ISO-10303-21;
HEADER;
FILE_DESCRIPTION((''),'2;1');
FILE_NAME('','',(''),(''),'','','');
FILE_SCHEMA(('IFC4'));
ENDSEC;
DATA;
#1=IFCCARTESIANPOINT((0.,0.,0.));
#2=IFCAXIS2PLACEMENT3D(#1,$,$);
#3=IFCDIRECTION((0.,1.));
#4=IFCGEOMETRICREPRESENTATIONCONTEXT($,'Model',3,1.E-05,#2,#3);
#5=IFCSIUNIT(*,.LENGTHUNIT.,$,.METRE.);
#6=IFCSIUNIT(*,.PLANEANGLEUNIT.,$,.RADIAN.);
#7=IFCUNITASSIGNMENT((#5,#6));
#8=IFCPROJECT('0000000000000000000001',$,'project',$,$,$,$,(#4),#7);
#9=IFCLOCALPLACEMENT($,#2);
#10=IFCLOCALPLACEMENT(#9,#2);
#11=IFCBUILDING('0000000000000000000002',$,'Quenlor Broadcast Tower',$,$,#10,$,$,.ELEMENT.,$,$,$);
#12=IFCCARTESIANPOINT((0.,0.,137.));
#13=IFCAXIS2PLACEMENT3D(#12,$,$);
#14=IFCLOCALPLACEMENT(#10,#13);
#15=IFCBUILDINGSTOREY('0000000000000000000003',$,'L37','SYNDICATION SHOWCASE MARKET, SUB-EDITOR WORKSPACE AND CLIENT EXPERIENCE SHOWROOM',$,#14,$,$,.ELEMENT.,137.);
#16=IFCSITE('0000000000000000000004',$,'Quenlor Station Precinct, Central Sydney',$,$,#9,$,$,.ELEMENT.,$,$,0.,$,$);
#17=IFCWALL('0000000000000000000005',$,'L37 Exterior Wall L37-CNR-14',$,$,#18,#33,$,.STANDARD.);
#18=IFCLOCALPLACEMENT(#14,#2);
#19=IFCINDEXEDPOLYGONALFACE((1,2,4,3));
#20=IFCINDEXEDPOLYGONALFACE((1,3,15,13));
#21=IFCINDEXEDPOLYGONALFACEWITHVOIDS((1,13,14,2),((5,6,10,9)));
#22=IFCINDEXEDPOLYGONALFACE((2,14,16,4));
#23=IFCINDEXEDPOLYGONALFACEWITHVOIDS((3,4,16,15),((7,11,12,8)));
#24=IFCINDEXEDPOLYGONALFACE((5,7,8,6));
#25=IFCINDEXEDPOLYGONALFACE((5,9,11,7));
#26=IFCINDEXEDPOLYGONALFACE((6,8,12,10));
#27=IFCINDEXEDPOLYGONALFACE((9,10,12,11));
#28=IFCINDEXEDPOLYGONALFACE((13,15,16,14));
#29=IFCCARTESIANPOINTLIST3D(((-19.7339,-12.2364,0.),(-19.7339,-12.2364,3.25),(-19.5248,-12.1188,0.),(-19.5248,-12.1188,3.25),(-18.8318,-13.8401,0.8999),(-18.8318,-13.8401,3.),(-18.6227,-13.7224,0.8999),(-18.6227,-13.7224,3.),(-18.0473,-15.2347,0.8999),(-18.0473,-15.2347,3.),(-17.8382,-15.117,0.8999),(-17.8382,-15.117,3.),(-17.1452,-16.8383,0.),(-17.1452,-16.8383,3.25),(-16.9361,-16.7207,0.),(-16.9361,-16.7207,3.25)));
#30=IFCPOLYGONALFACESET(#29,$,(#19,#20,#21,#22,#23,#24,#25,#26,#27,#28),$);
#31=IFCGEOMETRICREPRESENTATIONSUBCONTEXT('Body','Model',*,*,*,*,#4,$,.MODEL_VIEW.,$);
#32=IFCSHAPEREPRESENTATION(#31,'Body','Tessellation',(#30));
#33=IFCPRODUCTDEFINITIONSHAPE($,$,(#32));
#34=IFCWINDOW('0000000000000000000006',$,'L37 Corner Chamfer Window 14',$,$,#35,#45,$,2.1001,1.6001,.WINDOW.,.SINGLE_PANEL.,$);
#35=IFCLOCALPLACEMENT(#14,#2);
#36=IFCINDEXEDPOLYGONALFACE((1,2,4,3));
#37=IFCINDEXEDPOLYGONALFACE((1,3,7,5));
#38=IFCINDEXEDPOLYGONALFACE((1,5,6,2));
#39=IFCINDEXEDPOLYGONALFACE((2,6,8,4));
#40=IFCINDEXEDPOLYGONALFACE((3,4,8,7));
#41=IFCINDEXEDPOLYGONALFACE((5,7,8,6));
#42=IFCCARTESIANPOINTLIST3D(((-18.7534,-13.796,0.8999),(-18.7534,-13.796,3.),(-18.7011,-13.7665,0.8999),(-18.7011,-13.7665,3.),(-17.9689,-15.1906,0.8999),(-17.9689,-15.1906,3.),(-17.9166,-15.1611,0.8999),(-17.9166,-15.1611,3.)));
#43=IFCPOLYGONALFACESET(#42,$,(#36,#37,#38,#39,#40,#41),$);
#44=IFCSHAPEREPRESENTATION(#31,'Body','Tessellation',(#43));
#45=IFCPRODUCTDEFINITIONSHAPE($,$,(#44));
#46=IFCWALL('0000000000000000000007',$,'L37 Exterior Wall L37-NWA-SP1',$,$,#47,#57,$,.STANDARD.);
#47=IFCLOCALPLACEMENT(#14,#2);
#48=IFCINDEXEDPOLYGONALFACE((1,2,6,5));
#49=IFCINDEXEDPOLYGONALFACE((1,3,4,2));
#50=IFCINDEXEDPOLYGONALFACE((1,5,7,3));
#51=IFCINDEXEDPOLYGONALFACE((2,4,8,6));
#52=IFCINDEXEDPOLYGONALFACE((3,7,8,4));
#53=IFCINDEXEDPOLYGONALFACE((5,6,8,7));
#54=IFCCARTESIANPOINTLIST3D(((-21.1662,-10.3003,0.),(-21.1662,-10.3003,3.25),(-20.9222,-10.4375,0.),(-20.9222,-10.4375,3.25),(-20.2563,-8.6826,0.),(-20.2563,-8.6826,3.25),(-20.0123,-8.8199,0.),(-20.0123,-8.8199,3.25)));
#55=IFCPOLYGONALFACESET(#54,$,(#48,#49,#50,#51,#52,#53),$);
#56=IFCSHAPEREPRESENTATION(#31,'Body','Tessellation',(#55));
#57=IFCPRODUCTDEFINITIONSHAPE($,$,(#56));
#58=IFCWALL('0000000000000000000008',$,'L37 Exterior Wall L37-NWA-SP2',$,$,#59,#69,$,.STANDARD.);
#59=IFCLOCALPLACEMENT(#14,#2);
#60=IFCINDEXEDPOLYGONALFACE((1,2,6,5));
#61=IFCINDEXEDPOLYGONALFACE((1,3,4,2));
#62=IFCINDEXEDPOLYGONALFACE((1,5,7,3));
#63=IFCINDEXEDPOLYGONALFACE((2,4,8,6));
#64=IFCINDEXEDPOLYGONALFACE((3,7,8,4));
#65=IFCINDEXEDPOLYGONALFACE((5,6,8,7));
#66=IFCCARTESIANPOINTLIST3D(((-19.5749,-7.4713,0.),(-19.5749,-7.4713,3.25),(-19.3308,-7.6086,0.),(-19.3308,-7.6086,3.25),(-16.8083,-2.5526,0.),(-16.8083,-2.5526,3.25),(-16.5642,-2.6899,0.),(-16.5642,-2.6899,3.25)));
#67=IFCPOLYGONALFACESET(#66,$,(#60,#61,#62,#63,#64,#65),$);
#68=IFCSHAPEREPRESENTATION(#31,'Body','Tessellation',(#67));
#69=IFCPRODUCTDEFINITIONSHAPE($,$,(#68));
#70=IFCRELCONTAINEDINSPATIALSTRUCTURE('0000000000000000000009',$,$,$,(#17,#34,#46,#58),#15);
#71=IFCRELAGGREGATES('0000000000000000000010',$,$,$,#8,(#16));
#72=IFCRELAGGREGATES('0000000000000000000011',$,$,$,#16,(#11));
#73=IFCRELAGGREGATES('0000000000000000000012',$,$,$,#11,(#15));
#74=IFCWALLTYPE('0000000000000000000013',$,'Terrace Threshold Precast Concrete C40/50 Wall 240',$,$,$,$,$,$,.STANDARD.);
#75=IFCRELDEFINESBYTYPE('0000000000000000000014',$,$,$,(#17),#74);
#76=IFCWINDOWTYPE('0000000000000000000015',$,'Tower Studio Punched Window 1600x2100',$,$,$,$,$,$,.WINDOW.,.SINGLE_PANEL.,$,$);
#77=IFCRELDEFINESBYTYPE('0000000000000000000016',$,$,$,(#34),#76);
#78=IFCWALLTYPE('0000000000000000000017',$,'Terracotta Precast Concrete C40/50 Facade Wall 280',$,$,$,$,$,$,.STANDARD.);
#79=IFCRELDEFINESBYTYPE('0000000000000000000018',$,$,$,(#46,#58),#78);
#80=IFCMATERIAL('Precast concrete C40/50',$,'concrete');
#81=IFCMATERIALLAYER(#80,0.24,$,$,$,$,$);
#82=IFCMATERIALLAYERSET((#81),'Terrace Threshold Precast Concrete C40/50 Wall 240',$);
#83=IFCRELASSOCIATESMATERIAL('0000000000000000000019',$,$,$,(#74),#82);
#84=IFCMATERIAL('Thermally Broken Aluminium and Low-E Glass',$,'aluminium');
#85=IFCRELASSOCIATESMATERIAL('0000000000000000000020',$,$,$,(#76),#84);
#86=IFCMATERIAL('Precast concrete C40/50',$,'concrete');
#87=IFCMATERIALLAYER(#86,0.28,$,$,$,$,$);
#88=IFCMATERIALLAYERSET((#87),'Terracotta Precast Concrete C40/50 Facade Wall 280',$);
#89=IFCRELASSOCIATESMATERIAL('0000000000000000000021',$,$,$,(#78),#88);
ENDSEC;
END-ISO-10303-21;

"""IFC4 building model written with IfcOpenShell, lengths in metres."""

from ifc_helpers import new_model, si_unit, direction, frame, frame_2d, origin, place, context, subcontext, project, spatial, rectangle, extrude, material, layer, layer_set, type_object, element, fill, save


model = new_model("IFC4")

# Units and contexts
model_context = context("Model", 3, precision=1e-05, world=origin(), true_north=direction((0.0, 1.0)))
body_context = subcontext(model_context, "Body", "Model", "MODEL_VIEW")
ifc_project = project(units=[si_unit("LENGTHUNIT", "METRE"), si_unit("PLANEANGLEUNIT", "RADIAN")], contexts=[model_context])

# Site, building, storey
site_placement = place(None, origin())
site = spatial("IfcSite", under=ifc_project, at=site_placement, Name="Quenlor Station Precinct, Central Sydney", CompositionType="ELEMENT", RefElevation=0.0)
building_placement = place(site_placement, origin())
building = spatial("IfcBuilding", under=site, at=building_placement, Name="Quenlor Broadcast Tower", CompositionType="ELEMENT")
storey_placement = place(building_placement, frame((0.0, 0.0, 137.0)))
storey = spatial("IfcBuildingStorey", under=building, at=storey_placement, Name="L37", Description="SYNDICATION SHOWCASE MARKET, SUB-EDITOR WORKSPACE AND CLIENT EXPERIENCE SHOWROOM", CompositionType="ELEMENT", Elevation=137.0)

# Shared definitions
ifc_material_1 = material(Name="Precast concrete C40/50", Category="concrete")
ifc_layer_1 = layer(ifc_material_1, 0.24)
ifc_layer_set_1 = layer_set([ifc_layer_1], Name="Terrace Threshold Precast Concrete C40/50 Wall 240")
wall_type_1 = type_object("IfcWallType", Name="Terrace Threshold Precast Concrete C40/50 Wall 240", PredefinedType="STANDARD", material=ifc_layer_set_1)

# Wall, opening, window
wall_1_placement = place(storey_placement, frame((-19.6294, -12.1775, 0.0), z_axis=(0.0, 0.0, 1.0), x_axis=(0.490277, -0.871567, 0.0)))
wall_1 = element("IfcWall", 1, at=wall_1_placement, inside=storey, type_object=wall_type_1, Name="L37 Exterior Wall L37-CNR-14", PredefinedType="STANDARD", context=body_context, shape_type="SweptSolid", body=[
    extrude(rectangle(XDim=5.28, YDim=0.24, at=frame_2d((2.6401, 0.0))), origin(), (0.0, 0.0, 1.0), 3.25),
])
opening_placement = place(wall_1_placement, frame((1.8401, 0.0, 0.8999)))
opening = element("IfcOpeningElement", 2, at=opening_placement, cuts=wall_1, PredefinedType="OPENING", context=body_context, shape_type="SweptSolid", body=[
    extrude(rectangle(XDim=1.6001, YDim=2.1001, at=frame_2d((0.8, 1.05))), frame((0.0, 0.1299, 0.0), z_axis=(0.0, -1.0, 0.0), x_axis=(1.0, 0.0, 0.0)), (0.0, 0.0, 1.0), 0.26),
])
ifc_material_2 = material(Name="Thermally Broken Aluminium and Low-E Glass", Category="aluminium")
window_type = type_object("IfcWindowType", Name="Tower Studio Punched Window 1600x2100", PartitioningType="SINGLE_PANEL", PredefinedType="WINDOW", material=ifc_material_2)
window_placement = place(opening_placement, origin())
window = element("IfcWindow", 3, at=window_placement, inside=storey, type_object=window_type, Name="L37 Corner Chamfer Window 14", OverallHeight=2.1001, OverallWidth=1.6001, PartitioningType="SINGLE_PANEL", PredefinedType="WINDOW", context=body_context, shape_type="SweptSolid", body=[
    extrude(rectangle(XDim=1.6001, YDim=2.1001, at=frame_2d((0.8, 1.05))), frame((0.0, 0.03, 0.0), z_axis=(0.0, -1.0, 0.0), x_axis=(1.0, 0.0, 0.0)), (0.0, 0.0, 1.0), 0.0601),
])
fill(opening, window)

# Walls
ifc_material_3 = material(Name="Precast concrete C40/50", Category="concrete")
ifc_layer_2 = layer(ifc_material_3, 0.28)
ifc_layer_set_2 = layer_set([ifc_layer_2], Name="Terracotta Precast Concrete C40/50 Facade Wall 280")
wall_type_2 = type_object("IfcWallType", Name="Terracotta Precast Concrete C40/50 Facade Wall 280", PredefinedType="STANDARD", material=ifc_layer_set_2)
wall_2_placement = place(storey_placement, frame((-21.0442, -10.3689, 0.0), z_axis=(0.0, 0.0, 1.0), x_axis=(0.490249, 0.871583, 0.0)))
element("IfcWall", 4, at=wall_2_placement, inside=storey, type_object=wall_type_2, Name="L37 Exterior Wall L37-NWA-SP1", PredefinedType="STANDARD", context=body_context, shape_type="SweptSolid", body=[
    extrude(rectangle(XDim=1.856, YDim=0.28, at=frame_2d((0.928, 0.0))), origin(), (0.0, 0.0, 1.0), 3.25),
])
wall_3_placement = place(storey_placement, frame((-19.4529, -7.54, 0.0), z_axis=(0.0, 0.0, 1.0), x_axis=(0.490239, 0.871588, 0.0)))
element("IfcWall", 5, at=wall_3_placement, inside=storey, type_object=wall_type_2, Name="L37 Exterior Wall L37-NWA-SP2", PredefinedType="STANDARD", context=body_context, shape_type="SweptSolid", body=[
    extrude(rectangle(XDim=5.6433, YDim=0.28, at=frame_2d((2.8218, 0.0))), origin(), (0.0, 0.0, 1.0), 3.25),
])

save(model, "model.ifc")
